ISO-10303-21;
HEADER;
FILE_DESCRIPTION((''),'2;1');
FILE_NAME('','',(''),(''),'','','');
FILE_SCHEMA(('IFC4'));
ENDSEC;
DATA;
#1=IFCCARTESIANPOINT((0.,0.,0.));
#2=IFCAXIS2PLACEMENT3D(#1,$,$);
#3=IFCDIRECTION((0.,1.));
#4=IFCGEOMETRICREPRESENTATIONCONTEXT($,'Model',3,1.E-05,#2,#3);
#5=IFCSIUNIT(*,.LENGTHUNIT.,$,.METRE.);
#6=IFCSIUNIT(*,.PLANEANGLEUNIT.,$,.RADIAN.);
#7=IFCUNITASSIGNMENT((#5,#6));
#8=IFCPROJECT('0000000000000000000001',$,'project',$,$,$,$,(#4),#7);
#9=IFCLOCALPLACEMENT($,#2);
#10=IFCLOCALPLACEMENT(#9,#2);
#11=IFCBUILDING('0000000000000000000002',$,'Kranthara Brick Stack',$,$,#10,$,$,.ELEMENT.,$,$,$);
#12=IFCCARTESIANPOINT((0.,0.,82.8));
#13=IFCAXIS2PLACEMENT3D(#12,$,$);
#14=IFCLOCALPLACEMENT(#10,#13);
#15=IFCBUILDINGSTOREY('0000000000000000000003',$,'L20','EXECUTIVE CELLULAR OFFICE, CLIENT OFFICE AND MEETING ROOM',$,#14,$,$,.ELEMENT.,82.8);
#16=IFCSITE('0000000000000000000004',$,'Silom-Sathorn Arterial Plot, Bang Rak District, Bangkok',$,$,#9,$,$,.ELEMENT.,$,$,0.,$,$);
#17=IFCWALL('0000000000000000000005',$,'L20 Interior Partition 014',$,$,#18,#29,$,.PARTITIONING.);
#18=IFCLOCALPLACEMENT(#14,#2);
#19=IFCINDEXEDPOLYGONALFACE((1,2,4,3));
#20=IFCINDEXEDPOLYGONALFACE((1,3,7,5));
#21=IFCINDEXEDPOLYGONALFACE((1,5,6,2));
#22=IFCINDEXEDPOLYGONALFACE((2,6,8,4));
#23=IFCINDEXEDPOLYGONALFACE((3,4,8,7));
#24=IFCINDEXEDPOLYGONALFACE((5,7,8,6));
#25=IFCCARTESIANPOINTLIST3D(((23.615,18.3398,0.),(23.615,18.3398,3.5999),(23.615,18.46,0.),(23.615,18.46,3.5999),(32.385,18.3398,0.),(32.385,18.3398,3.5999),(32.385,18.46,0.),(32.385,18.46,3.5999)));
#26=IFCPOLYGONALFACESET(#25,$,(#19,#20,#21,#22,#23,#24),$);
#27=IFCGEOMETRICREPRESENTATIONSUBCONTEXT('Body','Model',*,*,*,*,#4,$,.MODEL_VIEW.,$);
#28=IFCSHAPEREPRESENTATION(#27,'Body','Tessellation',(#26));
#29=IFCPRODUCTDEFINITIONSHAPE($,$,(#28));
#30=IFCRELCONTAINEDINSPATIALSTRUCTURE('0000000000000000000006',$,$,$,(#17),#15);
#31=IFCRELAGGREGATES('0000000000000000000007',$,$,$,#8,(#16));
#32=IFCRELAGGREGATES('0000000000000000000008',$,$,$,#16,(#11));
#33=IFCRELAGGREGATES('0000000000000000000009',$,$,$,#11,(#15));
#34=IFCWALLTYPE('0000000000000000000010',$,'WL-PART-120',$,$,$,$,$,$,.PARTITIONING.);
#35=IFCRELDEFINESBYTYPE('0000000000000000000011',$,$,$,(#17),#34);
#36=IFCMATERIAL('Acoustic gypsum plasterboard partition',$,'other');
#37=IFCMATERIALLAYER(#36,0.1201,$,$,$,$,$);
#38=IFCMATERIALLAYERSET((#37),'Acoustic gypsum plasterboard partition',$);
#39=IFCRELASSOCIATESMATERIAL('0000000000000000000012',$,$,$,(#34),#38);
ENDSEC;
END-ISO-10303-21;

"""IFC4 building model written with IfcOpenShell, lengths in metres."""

from ifc_helpers import new_model, si_unit, direction, frame, frame_2d, origin, place, context, subcontext, project, spatial, rectangle, extrude, material, layer, layer_set, type_object, element, save


model = new_model("IFC4")

# Units and contexts
model_context = context("Model", 3, precision=1e-05, world=origin(), true_north=direction((0.0, 1.0)))
body_context = subcontext(model_context, "Body", "Model", "MODEL_VIEW")
ifc_project = project(units=[si_unit("LENGTHUNIT", "METRE"), si_unit("PLANEANGLEUNIT", "RADIAN")], contexts=[model_context])

# Site, building, storey
site_placement = place(None, origin())
site = spatial("IfcSite", under=ifc_project, at=site_placement, Name="Silom-Sathorn Arterial Plot, Bang Rak District, Bangkok", CompositionType="ELEMENT", RefElevation=0.0)
building_placement = place(site_placement, origin())
building = spatial("IfcBuilding", under=site, at=building_placement, Name="Kranthara Brick Stack", CompositionType="ELEMENT")
storey_placement = place(building_placement, frame((0.0, 0.0, 82.8)))
storey = spatial("IfcBuildingStorey", under=building, at=storey_placement, Name="L20", Description="EXECUTIVE CELLULAR OFFICE, CLIENT OFFICE AND MEETING ROOM", CompositionType="ELEMENT", Elevation=82.8)

# Shared definitions
ifc_material_1 = material(Name="Acoustic gypsum plasterboard partition", Category="other")
ifc_layer_1 = layer(ifc_material_1, 0.1201)
ifc_layer_set_1 = layer_set([ifc_layer_1], Name="Acoustic gypsum plasterboard partition")
wall_type_1 = type_object("IfcWallType", Name="WL-PART-120", PredefinedType="PARTITIONING", material=ifc_layer_set_1)

# Wall
wall_1_placement = place(storey_placement, frame((23.615, 18.3999, 0.0), z_axis=(0.0, 0.0, 1.0), x_axis=(1.0, 0.0, 0.0)))
element("IfcWall", 1, at=wall_1_placement, inside=storey, type_object=wall_type_1, Name="L20 Interior Partition 014", PredefinedType="PARTITIONING", context=body_context, shape_type="SweptSolid", body=[
    extrude(rectangle(XDim=8.77, YDim=0.1201, at=frame_2d((4.385, 0.0))), origin(), (0.0, 0.0, 1.0), 3.5999),
])

save(model, "model.ifc")
